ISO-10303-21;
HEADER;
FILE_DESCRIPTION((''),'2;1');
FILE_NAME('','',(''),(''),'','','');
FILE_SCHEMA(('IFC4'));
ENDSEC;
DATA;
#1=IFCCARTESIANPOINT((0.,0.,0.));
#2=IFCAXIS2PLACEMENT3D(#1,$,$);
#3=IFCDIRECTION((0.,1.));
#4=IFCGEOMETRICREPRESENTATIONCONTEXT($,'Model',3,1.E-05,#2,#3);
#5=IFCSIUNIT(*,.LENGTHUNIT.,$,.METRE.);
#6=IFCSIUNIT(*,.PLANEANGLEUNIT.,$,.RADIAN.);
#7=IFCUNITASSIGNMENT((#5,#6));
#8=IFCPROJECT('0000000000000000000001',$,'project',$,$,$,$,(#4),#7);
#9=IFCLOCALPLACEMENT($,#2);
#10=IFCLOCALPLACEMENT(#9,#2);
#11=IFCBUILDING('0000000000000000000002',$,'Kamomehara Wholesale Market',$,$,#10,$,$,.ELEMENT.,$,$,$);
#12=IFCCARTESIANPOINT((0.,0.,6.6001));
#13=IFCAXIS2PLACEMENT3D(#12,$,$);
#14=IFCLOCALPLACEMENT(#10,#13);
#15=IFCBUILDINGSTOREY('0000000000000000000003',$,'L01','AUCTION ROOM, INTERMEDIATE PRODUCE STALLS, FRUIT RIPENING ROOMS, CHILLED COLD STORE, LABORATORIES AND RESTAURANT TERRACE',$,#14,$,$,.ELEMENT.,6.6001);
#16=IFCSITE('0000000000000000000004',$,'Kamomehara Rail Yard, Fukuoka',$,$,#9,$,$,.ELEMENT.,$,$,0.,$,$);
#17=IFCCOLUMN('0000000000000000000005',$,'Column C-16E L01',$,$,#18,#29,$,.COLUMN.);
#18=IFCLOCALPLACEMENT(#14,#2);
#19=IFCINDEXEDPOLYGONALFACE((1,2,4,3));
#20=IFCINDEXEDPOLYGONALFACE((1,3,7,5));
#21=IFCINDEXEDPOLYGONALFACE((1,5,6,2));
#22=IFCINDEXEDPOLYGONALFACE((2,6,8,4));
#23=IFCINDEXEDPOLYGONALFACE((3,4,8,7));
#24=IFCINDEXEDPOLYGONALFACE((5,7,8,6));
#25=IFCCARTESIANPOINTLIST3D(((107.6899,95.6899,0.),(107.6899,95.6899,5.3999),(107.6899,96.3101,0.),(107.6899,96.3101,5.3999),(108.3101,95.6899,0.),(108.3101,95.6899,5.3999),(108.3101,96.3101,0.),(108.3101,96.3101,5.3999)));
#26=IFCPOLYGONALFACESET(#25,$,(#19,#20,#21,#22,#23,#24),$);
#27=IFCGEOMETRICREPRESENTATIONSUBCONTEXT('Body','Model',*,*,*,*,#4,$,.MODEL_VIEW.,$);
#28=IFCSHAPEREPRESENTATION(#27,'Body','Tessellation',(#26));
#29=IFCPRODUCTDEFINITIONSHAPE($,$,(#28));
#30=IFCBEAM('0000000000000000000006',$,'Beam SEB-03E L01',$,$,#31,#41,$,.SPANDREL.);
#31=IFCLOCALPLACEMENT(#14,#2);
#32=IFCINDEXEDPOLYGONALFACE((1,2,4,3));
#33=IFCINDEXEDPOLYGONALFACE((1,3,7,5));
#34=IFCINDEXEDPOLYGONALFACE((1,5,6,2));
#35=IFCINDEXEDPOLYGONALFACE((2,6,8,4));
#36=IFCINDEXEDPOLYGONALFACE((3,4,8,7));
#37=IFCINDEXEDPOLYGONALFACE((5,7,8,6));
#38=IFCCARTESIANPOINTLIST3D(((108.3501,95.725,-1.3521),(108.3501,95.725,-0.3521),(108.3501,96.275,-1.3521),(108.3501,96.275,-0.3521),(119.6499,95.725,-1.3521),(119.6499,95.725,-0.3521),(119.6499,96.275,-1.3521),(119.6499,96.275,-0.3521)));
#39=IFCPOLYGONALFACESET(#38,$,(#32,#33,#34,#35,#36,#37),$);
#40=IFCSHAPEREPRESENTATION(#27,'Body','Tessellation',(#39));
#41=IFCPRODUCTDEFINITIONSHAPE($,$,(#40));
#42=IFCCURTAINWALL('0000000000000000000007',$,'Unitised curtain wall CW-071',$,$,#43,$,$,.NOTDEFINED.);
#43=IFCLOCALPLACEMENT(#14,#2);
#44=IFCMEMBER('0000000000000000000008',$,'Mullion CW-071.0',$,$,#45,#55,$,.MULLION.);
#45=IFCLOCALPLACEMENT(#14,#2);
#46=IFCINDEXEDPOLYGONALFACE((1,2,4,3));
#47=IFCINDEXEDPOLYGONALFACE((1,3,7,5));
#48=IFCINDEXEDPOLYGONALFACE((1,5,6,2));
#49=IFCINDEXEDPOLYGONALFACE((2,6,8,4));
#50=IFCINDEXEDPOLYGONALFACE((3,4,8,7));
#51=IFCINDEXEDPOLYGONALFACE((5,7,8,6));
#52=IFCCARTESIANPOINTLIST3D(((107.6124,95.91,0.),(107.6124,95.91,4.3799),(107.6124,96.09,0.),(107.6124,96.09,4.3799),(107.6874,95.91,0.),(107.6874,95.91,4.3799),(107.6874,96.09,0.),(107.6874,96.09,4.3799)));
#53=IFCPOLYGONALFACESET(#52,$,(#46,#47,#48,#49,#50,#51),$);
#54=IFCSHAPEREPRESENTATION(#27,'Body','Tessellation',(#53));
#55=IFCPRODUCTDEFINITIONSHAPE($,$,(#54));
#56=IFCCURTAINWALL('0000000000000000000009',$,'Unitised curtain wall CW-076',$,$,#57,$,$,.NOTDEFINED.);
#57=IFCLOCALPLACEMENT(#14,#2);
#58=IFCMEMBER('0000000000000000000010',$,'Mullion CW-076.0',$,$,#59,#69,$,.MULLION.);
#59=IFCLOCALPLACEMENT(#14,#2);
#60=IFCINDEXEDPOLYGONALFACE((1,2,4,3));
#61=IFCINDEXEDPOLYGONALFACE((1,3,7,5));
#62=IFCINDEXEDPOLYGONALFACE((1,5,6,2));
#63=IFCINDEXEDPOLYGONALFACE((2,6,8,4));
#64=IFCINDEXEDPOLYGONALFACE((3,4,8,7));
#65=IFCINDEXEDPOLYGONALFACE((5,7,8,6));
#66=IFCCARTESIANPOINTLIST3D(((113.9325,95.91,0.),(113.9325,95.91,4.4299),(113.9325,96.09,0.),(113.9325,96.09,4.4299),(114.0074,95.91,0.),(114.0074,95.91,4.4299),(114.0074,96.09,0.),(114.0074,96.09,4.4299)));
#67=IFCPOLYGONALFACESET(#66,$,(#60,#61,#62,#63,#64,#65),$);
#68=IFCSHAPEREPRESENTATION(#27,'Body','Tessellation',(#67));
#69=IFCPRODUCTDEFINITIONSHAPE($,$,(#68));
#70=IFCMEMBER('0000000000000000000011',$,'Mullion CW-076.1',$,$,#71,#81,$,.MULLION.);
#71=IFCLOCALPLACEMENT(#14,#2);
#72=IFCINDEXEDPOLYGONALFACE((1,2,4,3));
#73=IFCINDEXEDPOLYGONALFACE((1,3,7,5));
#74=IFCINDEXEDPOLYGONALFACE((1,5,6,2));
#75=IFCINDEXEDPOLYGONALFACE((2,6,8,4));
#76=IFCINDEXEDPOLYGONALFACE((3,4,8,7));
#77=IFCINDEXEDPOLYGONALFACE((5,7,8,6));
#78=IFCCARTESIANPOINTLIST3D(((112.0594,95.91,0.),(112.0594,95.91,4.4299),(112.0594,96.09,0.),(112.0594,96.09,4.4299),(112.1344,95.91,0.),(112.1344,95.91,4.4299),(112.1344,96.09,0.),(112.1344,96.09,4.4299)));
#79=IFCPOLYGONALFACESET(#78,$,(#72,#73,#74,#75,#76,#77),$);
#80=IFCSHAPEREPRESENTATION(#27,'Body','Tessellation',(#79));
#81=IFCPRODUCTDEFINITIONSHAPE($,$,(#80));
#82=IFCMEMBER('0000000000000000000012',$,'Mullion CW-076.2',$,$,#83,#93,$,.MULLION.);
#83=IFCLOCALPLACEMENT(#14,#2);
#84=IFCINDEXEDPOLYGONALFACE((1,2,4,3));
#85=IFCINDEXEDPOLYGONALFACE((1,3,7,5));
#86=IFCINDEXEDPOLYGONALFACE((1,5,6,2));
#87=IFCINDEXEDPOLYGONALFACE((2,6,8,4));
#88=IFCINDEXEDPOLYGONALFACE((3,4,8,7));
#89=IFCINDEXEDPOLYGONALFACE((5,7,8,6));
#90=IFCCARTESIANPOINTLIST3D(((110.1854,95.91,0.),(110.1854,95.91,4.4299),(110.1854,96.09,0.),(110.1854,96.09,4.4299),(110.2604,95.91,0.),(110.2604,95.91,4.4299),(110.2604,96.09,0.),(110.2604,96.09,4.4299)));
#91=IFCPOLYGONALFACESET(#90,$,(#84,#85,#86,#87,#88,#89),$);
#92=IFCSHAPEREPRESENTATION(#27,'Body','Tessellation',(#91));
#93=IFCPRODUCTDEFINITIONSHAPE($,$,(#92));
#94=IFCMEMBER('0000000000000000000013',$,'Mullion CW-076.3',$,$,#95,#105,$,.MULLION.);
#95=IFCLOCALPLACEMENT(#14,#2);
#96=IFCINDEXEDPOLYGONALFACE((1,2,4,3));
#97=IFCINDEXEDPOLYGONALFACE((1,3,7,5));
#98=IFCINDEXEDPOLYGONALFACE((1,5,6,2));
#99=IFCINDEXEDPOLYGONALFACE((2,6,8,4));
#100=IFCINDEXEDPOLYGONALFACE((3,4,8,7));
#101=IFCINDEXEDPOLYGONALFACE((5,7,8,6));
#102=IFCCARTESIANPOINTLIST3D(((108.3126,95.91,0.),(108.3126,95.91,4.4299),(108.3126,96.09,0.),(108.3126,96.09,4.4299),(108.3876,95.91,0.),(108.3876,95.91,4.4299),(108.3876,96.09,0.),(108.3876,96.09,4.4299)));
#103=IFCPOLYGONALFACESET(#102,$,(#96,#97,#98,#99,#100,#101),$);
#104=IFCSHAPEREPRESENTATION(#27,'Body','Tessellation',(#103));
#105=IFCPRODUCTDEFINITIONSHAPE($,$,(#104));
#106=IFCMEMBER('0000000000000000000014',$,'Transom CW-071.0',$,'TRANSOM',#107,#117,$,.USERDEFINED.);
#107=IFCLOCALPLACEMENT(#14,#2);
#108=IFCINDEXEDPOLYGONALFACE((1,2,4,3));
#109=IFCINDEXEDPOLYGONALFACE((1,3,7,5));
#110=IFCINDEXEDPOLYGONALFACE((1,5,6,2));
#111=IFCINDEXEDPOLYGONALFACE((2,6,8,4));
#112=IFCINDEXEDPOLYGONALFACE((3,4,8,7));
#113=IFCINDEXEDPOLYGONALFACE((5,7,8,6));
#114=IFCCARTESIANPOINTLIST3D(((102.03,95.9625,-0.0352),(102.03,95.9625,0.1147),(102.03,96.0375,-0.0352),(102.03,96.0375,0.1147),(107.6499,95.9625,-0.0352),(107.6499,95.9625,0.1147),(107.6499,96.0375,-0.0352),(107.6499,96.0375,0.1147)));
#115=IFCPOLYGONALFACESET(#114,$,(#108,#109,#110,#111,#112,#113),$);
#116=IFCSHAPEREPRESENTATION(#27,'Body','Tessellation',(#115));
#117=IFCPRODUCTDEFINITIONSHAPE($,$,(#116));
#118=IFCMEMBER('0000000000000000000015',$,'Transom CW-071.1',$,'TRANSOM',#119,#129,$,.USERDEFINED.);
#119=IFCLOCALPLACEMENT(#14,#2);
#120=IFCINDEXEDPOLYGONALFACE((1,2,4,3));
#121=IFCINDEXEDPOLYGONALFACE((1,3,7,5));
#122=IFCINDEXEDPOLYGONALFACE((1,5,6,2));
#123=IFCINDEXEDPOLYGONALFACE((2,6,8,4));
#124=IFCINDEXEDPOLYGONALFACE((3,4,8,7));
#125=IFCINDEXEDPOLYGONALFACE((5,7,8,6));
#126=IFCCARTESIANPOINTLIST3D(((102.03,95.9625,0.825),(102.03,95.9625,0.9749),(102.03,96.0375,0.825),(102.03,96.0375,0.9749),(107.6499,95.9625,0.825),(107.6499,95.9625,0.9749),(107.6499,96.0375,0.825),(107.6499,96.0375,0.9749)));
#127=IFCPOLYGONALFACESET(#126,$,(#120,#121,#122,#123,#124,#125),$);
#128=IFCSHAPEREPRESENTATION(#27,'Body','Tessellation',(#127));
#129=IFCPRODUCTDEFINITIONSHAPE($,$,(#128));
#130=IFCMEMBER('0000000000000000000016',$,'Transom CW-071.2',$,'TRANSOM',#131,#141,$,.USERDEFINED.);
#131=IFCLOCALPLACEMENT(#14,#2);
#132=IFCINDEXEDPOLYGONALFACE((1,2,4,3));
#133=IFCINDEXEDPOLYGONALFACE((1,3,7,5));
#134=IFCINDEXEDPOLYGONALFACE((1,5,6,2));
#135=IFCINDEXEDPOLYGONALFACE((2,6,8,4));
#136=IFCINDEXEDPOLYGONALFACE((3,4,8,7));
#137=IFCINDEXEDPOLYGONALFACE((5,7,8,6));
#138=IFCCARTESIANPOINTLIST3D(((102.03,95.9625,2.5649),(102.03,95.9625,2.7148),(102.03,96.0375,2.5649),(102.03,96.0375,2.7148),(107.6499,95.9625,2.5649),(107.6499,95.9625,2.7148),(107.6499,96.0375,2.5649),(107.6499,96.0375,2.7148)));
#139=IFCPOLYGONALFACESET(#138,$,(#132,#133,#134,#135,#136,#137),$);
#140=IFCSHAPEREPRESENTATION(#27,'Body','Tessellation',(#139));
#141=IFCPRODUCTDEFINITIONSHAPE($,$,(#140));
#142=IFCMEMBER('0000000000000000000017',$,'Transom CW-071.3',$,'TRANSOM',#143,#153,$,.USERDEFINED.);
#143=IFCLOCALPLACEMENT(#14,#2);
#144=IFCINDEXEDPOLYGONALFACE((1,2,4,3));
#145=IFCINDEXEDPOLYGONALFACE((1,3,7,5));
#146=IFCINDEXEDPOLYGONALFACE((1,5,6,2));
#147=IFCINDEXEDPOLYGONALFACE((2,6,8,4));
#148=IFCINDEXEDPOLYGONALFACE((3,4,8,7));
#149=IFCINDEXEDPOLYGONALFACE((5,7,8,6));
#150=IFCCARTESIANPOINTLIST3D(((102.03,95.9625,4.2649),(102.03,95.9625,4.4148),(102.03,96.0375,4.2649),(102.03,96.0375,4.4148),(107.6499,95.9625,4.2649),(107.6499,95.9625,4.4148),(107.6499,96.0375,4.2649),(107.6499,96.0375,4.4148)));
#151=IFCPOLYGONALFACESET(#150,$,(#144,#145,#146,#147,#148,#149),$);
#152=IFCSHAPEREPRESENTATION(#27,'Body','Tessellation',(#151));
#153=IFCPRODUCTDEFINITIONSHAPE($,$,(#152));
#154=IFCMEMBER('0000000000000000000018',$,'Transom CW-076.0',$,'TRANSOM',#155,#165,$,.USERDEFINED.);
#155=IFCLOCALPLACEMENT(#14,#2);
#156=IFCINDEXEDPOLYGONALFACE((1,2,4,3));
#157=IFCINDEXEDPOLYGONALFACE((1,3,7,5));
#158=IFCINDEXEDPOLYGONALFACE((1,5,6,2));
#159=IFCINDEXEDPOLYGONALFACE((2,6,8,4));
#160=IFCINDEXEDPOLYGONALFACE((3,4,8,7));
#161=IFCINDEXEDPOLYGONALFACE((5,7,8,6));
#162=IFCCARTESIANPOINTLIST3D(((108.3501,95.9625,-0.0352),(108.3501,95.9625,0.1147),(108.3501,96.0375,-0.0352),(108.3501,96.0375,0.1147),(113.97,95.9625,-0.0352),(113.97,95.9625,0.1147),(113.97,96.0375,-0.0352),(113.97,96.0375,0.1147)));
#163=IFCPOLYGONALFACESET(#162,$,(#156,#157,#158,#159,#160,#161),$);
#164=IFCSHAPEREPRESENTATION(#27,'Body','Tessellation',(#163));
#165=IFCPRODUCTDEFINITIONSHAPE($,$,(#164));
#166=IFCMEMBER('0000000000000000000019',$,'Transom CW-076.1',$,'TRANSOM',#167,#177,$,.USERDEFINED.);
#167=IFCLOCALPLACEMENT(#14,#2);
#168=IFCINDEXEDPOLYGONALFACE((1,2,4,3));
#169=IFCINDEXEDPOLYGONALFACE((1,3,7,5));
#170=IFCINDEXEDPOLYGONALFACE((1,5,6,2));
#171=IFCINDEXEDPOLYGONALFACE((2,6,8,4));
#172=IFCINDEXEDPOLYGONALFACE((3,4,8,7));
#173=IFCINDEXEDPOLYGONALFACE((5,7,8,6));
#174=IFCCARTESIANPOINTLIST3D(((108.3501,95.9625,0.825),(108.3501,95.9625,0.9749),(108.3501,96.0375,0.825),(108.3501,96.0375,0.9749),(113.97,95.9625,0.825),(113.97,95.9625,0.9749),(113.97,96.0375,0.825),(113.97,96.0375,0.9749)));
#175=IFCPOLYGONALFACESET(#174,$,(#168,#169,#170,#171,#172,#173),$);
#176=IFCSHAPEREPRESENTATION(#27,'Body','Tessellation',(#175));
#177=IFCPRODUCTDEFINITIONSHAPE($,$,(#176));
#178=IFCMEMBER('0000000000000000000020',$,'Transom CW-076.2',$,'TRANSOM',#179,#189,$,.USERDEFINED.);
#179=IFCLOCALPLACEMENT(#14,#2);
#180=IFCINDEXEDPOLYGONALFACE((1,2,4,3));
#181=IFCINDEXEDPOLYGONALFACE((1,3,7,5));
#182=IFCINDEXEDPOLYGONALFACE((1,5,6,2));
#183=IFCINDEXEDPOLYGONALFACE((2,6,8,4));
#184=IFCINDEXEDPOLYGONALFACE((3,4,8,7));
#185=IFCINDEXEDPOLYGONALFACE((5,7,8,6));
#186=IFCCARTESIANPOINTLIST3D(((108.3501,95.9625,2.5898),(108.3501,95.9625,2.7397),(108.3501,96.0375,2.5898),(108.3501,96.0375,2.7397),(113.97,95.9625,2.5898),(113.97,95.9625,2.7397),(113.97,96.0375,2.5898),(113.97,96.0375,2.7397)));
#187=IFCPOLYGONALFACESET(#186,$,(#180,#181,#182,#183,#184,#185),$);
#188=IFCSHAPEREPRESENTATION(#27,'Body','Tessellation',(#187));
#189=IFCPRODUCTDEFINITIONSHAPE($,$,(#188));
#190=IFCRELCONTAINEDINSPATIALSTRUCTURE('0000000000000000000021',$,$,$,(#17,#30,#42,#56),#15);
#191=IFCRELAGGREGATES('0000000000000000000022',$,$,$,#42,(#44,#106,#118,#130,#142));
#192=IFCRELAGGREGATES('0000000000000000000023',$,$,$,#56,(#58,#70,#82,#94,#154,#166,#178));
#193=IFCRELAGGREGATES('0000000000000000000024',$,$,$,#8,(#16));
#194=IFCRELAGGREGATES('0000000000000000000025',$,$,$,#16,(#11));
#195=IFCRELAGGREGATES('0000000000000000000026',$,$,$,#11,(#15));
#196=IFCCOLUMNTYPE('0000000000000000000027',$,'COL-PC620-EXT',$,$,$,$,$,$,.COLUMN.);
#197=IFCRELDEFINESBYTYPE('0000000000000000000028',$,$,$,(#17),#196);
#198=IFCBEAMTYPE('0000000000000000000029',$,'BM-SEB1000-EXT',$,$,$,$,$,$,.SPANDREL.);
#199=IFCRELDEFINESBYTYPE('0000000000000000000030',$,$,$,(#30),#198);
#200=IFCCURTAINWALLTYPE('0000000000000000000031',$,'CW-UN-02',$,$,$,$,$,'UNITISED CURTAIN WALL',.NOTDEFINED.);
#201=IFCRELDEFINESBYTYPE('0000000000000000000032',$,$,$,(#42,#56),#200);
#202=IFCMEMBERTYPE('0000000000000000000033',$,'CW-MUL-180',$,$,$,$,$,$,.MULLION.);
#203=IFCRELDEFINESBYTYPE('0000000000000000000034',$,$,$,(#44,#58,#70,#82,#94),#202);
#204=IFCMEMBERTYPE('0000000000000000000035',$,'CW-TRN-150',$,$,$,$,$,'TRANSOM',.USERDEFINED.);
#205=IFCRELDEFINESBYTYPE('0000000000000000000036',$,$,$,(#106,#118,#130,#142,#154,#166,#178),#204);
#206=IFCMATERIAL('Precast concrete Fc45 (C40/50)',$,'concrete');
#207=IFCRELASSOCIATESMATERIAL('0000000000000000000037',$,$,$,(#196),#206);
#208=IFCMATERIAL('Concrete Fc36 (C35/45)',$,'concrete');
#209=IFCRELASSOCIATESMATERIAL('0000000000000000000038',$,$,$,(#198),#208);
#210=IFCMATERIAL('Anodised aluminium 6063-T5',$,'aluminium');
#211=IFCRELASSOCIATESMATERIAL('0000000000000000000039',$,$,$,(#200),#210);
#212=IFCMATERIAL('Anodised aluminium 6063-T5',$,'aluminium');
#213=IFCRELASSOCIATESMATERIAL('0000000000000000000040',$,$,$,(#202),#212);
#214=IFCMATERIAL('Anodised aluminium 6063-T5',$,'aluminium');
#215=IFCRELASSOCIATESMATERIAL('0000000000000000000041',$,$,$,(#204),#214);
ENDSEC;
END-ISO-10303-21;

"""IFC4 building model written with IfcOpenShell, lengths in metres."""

from ifc_helpers import new_model, si_unit, direction, frame, origin, origin_2d, place, context, subcontext, project, spatial, rectangle, extrude, material, material_profile, profile_set, type_object, element, aggregate, save


model = new_model("IFC4")

# Units and contexts
model_context = context("Model", 3, precision=1e-05, world=origin(), true_north=direction((0.0, 1.0)))
body_context = subcontext(model_context, "Body", "Model", "MODEL_VIEW")
ifc_project = project(units=[si_unit("LENGTHUNIT", "METRE"), si_unit("PLANEANGLEUNIT", "RADIAN")], contexts=[model_context])

# Site, building, storey
site_placement = place(None, origin())
site = spatial("IfcSite", under=ifc_project, at=site_placement, Name="Kamomehara Rail Yard, Fukuoka", CompositionType="ELEMENT", RefElevation=0.0)
building_placement = place(site_placement, origin())
building = spatial("IfcBuilding", under=site, at=building_placement, Name="Kamomehara Wholesale Market", CompositionType="ELEMENT")
storey_placement = place(building_placement, frame((0.0, 0.0, 6.6001)))
storey = spatial("IfcBuildingStorey", under=building, at=storey_placement, Name="L01", Description="AUCTION ROOM, INTERMEDIATE PRODUCE STALLS, FRUIT RIPENING ROOMS, CHILLED COLD STORE, LABORATORIES AND RESTAURANT TERRACE", CompositionType="ELEMENT", Elevation=6.6001)

# Column
ifc_material_1 = material(Name="Precast concrete Fc45 (C40/50)", Category="concrete")
ifc_material_profile_1 = material_profile(ifc_material_1, rectangle(XDim=0.6201, YDim=0.6201, at=origin_2d()), Name="PC-COL-620x620")
ifc_profile_set_1 = profile_set([ifc_material_profile_1], Name="Precast concrete Fc45 (C40/50)")
column_type = type_object("IfcColumnType", Name="COL-PC620-EXT", PredefinedType="COLUMN", material=ifc_profile_set_1)
column_placement = place(storey_placement, frame((108.0, 96.0, 0.0), z_axis=(0.0, 0.0, 1.0), x_axis=(1.0, 0.0, 0.0)))
element("IfcColumn", 1, at=column_placement, inside=storey, type_object=column_type, Name="Column C-16E L01", PredefinedType="COLUMN", context=body_context, shape_type="SweptSolid", body=[
    extrude(rectangle(XDim=0.6201, YDim=0.6201, at=origin_2d()), origin(), (0.0, 0.0, 1.0), 5.3999),
])

# Beam
ifc_material_2 = material(Name="Concrete Fc36 (C35/45)", Category="concrete")
ifc_material_profile_2 = material_profile(ifc_material_2, rectangle(XDim=0.55, YDim=1.0, at=origin_2d()), Name="RC-SEB-550x1000")
ifc_profile_set_2 = profile_set([ifc_material_profile_2], Name="Concrete Fc36 (C35/45)")
beam_type = type_object("IfcBeamType", Name="BM-SEB1000-EXT", PredefinedType="SPANDREL", material=ifc_profile_set_2)
beam_placement = place(storey_placement, frame((108.3501, 96.0, -0.8521), z_axis=(1.0, 0.0, 0.0), x_axis=(0.0, 1.0, 0.0)))
element("IfcBeam", 2, at=beam_placement, inside=storey, type_object=beam_type, Name="Beam SEB-03E L01", PredefinedType="SPANDREL", context=body_context, shape_type="SweptSolid", body=[
    extrude(rectangle(XDim=0.55, YDim=1.0, at=origin_2d()), origin(), (0.0, 0.0, 1.0), 11.2998),
])

# Curtain wall, member
ifc_material_3 = material(Name="Anodised aluminium 6063-T5", Category="aluminium")
curtain_wall_type = type_object("IfcCurtainWallType", Name="CW-UN-02", ElementType="UNITISED CURTAIN WALL", PredefinedType="NOTDEFINED", material=ifc_material_3)
curtain_wall_1_placement = place(storey_placement, origin())
curtain_wall_1 = element("IfcCurtainWall", 3, at=curtain_wall_1_placement, inside=storey, type_object=curtain_wall_type, Name="Unitised curtain wall CW-071", PredefinedType="NOTDEFINED")
ifc_material_4 = material(Name="Anodised aluminium 6063-T5", Category="aluminium")
ifc_material_profile_3 = material_profile(ifc_material_4, rectangle(XDim=0.075, YDim=0.1799, at=origin_2d()), Name="ALU-MUL-75x180")
ifc_profile_set_3 = profile_set([ifc_material_profile_3], Name="Anodised aluminium 6063-T5")
member_type_1 = type_object("IfcMemberType", Name="CW-MUL-180", PredefinedType="MULLION", material=ifc_profile_set_3)
member_1_placement = place(storey_placement, frame((107.6499, 96.0, 0.0), z_axis=(0.0, 0.0, 1.0), x_axis=(-1.0, 0.0, 0.0)))
member_1 = element("IfcMember", 4, at=member_1_placement, type_object=member_type_1, Name="Mullion CW-071.0", PredefinedType="MULLION", context=body_context, shape_type="SweptSolid", body=[
    extrude(rectangle(XDim=0.075, YDim=0.1799, at=origin_2d()), origin(), (0.0, 0.0, 1.0), 4.3799),
])

# Curtain wall, members
curtain_wall_2_placement = place(storey_placement, origin())
curtain_wall_2 = element("IfcCurtainWall", 5, at=curtain_wall_2_placement, inside=storey, type_object=curtain_wall_type, Name="Unitised curtain wall CW-076", PredefinedType="NOTDEFINED")
member_2_placement = place(storey_placement, frame((113.97, 96.0, 0.0), z_axis=(0.0, 0.0, 1.0), x_axis=(-1.0, 0.0, 0.0)))
member_2 = element("IfcMember", 6, at=member_2_placement, type_object=member_type_1, Name="Mullion CW-076.0", PredefinedType="MULLION", context=body_context, shape_type="SweptSolid", body=[
    extrude(rectangle(XDim=0.075, YDim=0.1799, at=origin_2d()), origin(), (0.0, 0.0, 1.0), 4.4299),
])
member_3_placement = place(storey_placement, frame((112.0969, 96.0, 0.0), z_axis=(0.0, 0.0, 1.0), x_axis=(-1.0, 0.0, 0.0)))
member_3 = element("IfcMember", 7, at=member_3_placement, type_object=member_type_1, Name="Mullion CW-076.1", PredefinedType="MULLION", context=body_context, shape_type="SweptSolid", body=[
    extrude(rectangle(XDim=0.075, YDim=0.1799, at=origin_2d()), origin(), (0.0, 0.0, 1.0), 4.4299),
])
member_4_placement = place(storey_placement, frame((110.2229, 96.0, 0.0), z_axis=(0.0, 0.0, 1.0), x_axis=(-1.0, 0.0, 0.0)))
member_4 = element("IfcMember", 8, at=member_4_placement, type_object=member_type_1, Name="Mullion CW-076.2", PredefinedType="MULLION", context=body_context, shape_type="SweptSolid", body=[
    extrude(rectangle(XDim=0.075, YDim=0.1799, at=origin_2d()), origin(), (0.0, 0.0, 1.0), 4.4299),
])
member_5_placement = place(storey_placement, frame((108.3501, 96.0, 0.0), z_axis=(0.0, 0.0, 1.0), x_axis=(-1.0, 0.0, 0.0)))
member_5 = element("IfcMember", 9, at=member_5_placement, type_object=member_type_1, Name="Mullion CW-076.3", PredefinedType="MULLION", context=body_context, shape_type="SweptSolid", body=[
    extrude(rectangle(XDim=0.075, YDim=0.1799, at=origin_2d()), origin(), (0.0, 0.0, 1.0), 4.4299),
])

# Members
ifc_material_5 = material(Name="Anodised aluminium 6063-T5", Category="aluminium")
ifc_material_profile_4 = material_profile(ifc_material_5, rectangle(XDim=0.075, YDim=0.1499, at=origin_2d()), Name="ALU-TRN-75x150")
ifc_profile_set_4 = profile_set([ifc_material_profile_4], Name="Anodised aluminium 6063-T5")
member_type_2 = type_object("IfcMemberType", Name="CW-TRN-150", ElementType="TRANSOM", PredefinedType="USERDEFINED", material=ifc_profile_set_4)
member_6_placement = place(storey_placement, frame((107.6499, 96.0, 0.0398), z_axis=(-1.0, 0.0, 0.0), x_axis=(0.0, -1.0, 0.0)))
member_6 = element("IfcMember", 10, at=member_6_placement, type_object=member_type_2, Name="Transom CW-071.0", ObjectType="TRANSOM", PredefinedType="USERDEFINED", context=body_context, shape_type="SweptSolid", body=[
    extrude(rectangle(XDim=0.075, YDim=0.1499, at=origin_2d()), origin(), (0.0, 0.0, 1.0), 5.6199),
])
member_7_placement = place(storey_placement, frame((107.6499, 96.0, 0.8999), z_axis=(-1.0, 0.0, 0.0), x_axis=(0.0, -1.0, 0.0)))
member_7 = element("IfcMember", 11, at=member_7_placement, type_object=member_type_2, Name="Transom CW-071.1", ObjectType="TRANSOM", PredefinedType="USERDEFINED", context=body_context, shape_type="SweptSolid", body=[
    extrude(rectangle(XDim=0.075, YDim=0.1499, at=origin_2d()), origin(), (0.0, 0.0, 1.0), 5.6199),
])
member_8_placement = place(storey_placement, frame((107.6499, 96.0, 2.6399), z_axis=(-1.0, 0.0, 0.0), x_axis=(0.0, -1.0, 0.0)))
member_8 = element("IfcMember", 12, at=member_8_placement, type_object=member_type_2, Name="Transom CW-071.2", ObjectType="TRANSOM", PredefinedType="USERDEFINED", context=body_context, shape_type="SweptSolid", body=[
    extrude(rectangle(XDim=0.075, YDim=0.1499, at=origin_2d()), origin(), (0.0, 0.0, 1.0), 5.6199),
])
member_9_placement = place(storey_placement, frame((107.6499, 96.0, 4.3398), z_axis=(-1.0, 0.0, 0.0), x_axis=(0.0, -1.0, 0.0)))
member_9 = element("IfcMember", 13, at=member_9_placement, type_object=member_type_2, Name="Transom CW-071.3", ObjectType="TRANSOM", PredefinedType="USERDEFINED", context=body_context, shape_type="SweptSolid", body=[
    extrude(rectangle(XDim=0.075, YDim=0.1499, at=origin_2d()), origin(), (0.0, 0.0, 1.0), 5.6199),
])
member_10_placement = place(storey_placement, frame((113.97, 96.0, 0.0398), z_axis=(-1.0, 0.0, 0.0), x_axis=(0.0, -1.0, 0.0)))
member_10 = element("IfcMember", 14, at=member_10_placement, type_object=member_type_2, Name="Transom CW-076.0", ObjectType="TRANSOM", PredefinedType="USERDEFINED", context=body_context, shape_type="SweptSolid", body=[
    extrude(rectangle(XDim=0.075, YDim=0.1499, at=origin_2d()), origin(), (0.0, 0.0, 1.0), 5.6199),
])
member_11_placement = place(storey_placement, frame((113.97, 96.0, 0.8999), z_axis=(-1.0, 0.0, 0.0), x_axis=(0.0, -1.0, 0.0)))
member_11 = element("IfcMember", 15, at=member_11_placement, type_object=member_type_2, Name="Transom CW-076.1", ObjectType="TRANSOM", PredefinedType="USERDEFINED", context=body_context, shape_type="SweptSolid", body=[
    extrude(rectangle(XDim=0.075, YDim=0.1499, at=origin_2d()), origin(), (0.0, 0.0, 1.0), 5.6199),
])
member_12_placement = place(storey_placement, frame((113.97, 96.0, 2.6648), z_axis=(-1.0, 0.0, 0.0), x_axis=(0.0, -1.0, 0.0)))
member_12 = element("IfcMember", 16, at=member_12_placement, type_object=member_type_2, Name="Transom CW-076.2", ObjectType="TRANSOM", PredefinedType="USERDEFINED", context=body_context, shape_type="SweptSolid", body=[
    extrude(rectangle(XDim=0.075, YDim=0.1499, at=origin_2d()), origin(), (0.0, 0.0, 1.0), 5.6199),
])

aggregate(curtain_wall_1, [member_1, member_6, member_7, member_8, member_9])
aggregate(curtain_wall_2, [member_2, member_3, member_4, member_5, member_10, member_11, member_12])

save(model, "model.ifc")
